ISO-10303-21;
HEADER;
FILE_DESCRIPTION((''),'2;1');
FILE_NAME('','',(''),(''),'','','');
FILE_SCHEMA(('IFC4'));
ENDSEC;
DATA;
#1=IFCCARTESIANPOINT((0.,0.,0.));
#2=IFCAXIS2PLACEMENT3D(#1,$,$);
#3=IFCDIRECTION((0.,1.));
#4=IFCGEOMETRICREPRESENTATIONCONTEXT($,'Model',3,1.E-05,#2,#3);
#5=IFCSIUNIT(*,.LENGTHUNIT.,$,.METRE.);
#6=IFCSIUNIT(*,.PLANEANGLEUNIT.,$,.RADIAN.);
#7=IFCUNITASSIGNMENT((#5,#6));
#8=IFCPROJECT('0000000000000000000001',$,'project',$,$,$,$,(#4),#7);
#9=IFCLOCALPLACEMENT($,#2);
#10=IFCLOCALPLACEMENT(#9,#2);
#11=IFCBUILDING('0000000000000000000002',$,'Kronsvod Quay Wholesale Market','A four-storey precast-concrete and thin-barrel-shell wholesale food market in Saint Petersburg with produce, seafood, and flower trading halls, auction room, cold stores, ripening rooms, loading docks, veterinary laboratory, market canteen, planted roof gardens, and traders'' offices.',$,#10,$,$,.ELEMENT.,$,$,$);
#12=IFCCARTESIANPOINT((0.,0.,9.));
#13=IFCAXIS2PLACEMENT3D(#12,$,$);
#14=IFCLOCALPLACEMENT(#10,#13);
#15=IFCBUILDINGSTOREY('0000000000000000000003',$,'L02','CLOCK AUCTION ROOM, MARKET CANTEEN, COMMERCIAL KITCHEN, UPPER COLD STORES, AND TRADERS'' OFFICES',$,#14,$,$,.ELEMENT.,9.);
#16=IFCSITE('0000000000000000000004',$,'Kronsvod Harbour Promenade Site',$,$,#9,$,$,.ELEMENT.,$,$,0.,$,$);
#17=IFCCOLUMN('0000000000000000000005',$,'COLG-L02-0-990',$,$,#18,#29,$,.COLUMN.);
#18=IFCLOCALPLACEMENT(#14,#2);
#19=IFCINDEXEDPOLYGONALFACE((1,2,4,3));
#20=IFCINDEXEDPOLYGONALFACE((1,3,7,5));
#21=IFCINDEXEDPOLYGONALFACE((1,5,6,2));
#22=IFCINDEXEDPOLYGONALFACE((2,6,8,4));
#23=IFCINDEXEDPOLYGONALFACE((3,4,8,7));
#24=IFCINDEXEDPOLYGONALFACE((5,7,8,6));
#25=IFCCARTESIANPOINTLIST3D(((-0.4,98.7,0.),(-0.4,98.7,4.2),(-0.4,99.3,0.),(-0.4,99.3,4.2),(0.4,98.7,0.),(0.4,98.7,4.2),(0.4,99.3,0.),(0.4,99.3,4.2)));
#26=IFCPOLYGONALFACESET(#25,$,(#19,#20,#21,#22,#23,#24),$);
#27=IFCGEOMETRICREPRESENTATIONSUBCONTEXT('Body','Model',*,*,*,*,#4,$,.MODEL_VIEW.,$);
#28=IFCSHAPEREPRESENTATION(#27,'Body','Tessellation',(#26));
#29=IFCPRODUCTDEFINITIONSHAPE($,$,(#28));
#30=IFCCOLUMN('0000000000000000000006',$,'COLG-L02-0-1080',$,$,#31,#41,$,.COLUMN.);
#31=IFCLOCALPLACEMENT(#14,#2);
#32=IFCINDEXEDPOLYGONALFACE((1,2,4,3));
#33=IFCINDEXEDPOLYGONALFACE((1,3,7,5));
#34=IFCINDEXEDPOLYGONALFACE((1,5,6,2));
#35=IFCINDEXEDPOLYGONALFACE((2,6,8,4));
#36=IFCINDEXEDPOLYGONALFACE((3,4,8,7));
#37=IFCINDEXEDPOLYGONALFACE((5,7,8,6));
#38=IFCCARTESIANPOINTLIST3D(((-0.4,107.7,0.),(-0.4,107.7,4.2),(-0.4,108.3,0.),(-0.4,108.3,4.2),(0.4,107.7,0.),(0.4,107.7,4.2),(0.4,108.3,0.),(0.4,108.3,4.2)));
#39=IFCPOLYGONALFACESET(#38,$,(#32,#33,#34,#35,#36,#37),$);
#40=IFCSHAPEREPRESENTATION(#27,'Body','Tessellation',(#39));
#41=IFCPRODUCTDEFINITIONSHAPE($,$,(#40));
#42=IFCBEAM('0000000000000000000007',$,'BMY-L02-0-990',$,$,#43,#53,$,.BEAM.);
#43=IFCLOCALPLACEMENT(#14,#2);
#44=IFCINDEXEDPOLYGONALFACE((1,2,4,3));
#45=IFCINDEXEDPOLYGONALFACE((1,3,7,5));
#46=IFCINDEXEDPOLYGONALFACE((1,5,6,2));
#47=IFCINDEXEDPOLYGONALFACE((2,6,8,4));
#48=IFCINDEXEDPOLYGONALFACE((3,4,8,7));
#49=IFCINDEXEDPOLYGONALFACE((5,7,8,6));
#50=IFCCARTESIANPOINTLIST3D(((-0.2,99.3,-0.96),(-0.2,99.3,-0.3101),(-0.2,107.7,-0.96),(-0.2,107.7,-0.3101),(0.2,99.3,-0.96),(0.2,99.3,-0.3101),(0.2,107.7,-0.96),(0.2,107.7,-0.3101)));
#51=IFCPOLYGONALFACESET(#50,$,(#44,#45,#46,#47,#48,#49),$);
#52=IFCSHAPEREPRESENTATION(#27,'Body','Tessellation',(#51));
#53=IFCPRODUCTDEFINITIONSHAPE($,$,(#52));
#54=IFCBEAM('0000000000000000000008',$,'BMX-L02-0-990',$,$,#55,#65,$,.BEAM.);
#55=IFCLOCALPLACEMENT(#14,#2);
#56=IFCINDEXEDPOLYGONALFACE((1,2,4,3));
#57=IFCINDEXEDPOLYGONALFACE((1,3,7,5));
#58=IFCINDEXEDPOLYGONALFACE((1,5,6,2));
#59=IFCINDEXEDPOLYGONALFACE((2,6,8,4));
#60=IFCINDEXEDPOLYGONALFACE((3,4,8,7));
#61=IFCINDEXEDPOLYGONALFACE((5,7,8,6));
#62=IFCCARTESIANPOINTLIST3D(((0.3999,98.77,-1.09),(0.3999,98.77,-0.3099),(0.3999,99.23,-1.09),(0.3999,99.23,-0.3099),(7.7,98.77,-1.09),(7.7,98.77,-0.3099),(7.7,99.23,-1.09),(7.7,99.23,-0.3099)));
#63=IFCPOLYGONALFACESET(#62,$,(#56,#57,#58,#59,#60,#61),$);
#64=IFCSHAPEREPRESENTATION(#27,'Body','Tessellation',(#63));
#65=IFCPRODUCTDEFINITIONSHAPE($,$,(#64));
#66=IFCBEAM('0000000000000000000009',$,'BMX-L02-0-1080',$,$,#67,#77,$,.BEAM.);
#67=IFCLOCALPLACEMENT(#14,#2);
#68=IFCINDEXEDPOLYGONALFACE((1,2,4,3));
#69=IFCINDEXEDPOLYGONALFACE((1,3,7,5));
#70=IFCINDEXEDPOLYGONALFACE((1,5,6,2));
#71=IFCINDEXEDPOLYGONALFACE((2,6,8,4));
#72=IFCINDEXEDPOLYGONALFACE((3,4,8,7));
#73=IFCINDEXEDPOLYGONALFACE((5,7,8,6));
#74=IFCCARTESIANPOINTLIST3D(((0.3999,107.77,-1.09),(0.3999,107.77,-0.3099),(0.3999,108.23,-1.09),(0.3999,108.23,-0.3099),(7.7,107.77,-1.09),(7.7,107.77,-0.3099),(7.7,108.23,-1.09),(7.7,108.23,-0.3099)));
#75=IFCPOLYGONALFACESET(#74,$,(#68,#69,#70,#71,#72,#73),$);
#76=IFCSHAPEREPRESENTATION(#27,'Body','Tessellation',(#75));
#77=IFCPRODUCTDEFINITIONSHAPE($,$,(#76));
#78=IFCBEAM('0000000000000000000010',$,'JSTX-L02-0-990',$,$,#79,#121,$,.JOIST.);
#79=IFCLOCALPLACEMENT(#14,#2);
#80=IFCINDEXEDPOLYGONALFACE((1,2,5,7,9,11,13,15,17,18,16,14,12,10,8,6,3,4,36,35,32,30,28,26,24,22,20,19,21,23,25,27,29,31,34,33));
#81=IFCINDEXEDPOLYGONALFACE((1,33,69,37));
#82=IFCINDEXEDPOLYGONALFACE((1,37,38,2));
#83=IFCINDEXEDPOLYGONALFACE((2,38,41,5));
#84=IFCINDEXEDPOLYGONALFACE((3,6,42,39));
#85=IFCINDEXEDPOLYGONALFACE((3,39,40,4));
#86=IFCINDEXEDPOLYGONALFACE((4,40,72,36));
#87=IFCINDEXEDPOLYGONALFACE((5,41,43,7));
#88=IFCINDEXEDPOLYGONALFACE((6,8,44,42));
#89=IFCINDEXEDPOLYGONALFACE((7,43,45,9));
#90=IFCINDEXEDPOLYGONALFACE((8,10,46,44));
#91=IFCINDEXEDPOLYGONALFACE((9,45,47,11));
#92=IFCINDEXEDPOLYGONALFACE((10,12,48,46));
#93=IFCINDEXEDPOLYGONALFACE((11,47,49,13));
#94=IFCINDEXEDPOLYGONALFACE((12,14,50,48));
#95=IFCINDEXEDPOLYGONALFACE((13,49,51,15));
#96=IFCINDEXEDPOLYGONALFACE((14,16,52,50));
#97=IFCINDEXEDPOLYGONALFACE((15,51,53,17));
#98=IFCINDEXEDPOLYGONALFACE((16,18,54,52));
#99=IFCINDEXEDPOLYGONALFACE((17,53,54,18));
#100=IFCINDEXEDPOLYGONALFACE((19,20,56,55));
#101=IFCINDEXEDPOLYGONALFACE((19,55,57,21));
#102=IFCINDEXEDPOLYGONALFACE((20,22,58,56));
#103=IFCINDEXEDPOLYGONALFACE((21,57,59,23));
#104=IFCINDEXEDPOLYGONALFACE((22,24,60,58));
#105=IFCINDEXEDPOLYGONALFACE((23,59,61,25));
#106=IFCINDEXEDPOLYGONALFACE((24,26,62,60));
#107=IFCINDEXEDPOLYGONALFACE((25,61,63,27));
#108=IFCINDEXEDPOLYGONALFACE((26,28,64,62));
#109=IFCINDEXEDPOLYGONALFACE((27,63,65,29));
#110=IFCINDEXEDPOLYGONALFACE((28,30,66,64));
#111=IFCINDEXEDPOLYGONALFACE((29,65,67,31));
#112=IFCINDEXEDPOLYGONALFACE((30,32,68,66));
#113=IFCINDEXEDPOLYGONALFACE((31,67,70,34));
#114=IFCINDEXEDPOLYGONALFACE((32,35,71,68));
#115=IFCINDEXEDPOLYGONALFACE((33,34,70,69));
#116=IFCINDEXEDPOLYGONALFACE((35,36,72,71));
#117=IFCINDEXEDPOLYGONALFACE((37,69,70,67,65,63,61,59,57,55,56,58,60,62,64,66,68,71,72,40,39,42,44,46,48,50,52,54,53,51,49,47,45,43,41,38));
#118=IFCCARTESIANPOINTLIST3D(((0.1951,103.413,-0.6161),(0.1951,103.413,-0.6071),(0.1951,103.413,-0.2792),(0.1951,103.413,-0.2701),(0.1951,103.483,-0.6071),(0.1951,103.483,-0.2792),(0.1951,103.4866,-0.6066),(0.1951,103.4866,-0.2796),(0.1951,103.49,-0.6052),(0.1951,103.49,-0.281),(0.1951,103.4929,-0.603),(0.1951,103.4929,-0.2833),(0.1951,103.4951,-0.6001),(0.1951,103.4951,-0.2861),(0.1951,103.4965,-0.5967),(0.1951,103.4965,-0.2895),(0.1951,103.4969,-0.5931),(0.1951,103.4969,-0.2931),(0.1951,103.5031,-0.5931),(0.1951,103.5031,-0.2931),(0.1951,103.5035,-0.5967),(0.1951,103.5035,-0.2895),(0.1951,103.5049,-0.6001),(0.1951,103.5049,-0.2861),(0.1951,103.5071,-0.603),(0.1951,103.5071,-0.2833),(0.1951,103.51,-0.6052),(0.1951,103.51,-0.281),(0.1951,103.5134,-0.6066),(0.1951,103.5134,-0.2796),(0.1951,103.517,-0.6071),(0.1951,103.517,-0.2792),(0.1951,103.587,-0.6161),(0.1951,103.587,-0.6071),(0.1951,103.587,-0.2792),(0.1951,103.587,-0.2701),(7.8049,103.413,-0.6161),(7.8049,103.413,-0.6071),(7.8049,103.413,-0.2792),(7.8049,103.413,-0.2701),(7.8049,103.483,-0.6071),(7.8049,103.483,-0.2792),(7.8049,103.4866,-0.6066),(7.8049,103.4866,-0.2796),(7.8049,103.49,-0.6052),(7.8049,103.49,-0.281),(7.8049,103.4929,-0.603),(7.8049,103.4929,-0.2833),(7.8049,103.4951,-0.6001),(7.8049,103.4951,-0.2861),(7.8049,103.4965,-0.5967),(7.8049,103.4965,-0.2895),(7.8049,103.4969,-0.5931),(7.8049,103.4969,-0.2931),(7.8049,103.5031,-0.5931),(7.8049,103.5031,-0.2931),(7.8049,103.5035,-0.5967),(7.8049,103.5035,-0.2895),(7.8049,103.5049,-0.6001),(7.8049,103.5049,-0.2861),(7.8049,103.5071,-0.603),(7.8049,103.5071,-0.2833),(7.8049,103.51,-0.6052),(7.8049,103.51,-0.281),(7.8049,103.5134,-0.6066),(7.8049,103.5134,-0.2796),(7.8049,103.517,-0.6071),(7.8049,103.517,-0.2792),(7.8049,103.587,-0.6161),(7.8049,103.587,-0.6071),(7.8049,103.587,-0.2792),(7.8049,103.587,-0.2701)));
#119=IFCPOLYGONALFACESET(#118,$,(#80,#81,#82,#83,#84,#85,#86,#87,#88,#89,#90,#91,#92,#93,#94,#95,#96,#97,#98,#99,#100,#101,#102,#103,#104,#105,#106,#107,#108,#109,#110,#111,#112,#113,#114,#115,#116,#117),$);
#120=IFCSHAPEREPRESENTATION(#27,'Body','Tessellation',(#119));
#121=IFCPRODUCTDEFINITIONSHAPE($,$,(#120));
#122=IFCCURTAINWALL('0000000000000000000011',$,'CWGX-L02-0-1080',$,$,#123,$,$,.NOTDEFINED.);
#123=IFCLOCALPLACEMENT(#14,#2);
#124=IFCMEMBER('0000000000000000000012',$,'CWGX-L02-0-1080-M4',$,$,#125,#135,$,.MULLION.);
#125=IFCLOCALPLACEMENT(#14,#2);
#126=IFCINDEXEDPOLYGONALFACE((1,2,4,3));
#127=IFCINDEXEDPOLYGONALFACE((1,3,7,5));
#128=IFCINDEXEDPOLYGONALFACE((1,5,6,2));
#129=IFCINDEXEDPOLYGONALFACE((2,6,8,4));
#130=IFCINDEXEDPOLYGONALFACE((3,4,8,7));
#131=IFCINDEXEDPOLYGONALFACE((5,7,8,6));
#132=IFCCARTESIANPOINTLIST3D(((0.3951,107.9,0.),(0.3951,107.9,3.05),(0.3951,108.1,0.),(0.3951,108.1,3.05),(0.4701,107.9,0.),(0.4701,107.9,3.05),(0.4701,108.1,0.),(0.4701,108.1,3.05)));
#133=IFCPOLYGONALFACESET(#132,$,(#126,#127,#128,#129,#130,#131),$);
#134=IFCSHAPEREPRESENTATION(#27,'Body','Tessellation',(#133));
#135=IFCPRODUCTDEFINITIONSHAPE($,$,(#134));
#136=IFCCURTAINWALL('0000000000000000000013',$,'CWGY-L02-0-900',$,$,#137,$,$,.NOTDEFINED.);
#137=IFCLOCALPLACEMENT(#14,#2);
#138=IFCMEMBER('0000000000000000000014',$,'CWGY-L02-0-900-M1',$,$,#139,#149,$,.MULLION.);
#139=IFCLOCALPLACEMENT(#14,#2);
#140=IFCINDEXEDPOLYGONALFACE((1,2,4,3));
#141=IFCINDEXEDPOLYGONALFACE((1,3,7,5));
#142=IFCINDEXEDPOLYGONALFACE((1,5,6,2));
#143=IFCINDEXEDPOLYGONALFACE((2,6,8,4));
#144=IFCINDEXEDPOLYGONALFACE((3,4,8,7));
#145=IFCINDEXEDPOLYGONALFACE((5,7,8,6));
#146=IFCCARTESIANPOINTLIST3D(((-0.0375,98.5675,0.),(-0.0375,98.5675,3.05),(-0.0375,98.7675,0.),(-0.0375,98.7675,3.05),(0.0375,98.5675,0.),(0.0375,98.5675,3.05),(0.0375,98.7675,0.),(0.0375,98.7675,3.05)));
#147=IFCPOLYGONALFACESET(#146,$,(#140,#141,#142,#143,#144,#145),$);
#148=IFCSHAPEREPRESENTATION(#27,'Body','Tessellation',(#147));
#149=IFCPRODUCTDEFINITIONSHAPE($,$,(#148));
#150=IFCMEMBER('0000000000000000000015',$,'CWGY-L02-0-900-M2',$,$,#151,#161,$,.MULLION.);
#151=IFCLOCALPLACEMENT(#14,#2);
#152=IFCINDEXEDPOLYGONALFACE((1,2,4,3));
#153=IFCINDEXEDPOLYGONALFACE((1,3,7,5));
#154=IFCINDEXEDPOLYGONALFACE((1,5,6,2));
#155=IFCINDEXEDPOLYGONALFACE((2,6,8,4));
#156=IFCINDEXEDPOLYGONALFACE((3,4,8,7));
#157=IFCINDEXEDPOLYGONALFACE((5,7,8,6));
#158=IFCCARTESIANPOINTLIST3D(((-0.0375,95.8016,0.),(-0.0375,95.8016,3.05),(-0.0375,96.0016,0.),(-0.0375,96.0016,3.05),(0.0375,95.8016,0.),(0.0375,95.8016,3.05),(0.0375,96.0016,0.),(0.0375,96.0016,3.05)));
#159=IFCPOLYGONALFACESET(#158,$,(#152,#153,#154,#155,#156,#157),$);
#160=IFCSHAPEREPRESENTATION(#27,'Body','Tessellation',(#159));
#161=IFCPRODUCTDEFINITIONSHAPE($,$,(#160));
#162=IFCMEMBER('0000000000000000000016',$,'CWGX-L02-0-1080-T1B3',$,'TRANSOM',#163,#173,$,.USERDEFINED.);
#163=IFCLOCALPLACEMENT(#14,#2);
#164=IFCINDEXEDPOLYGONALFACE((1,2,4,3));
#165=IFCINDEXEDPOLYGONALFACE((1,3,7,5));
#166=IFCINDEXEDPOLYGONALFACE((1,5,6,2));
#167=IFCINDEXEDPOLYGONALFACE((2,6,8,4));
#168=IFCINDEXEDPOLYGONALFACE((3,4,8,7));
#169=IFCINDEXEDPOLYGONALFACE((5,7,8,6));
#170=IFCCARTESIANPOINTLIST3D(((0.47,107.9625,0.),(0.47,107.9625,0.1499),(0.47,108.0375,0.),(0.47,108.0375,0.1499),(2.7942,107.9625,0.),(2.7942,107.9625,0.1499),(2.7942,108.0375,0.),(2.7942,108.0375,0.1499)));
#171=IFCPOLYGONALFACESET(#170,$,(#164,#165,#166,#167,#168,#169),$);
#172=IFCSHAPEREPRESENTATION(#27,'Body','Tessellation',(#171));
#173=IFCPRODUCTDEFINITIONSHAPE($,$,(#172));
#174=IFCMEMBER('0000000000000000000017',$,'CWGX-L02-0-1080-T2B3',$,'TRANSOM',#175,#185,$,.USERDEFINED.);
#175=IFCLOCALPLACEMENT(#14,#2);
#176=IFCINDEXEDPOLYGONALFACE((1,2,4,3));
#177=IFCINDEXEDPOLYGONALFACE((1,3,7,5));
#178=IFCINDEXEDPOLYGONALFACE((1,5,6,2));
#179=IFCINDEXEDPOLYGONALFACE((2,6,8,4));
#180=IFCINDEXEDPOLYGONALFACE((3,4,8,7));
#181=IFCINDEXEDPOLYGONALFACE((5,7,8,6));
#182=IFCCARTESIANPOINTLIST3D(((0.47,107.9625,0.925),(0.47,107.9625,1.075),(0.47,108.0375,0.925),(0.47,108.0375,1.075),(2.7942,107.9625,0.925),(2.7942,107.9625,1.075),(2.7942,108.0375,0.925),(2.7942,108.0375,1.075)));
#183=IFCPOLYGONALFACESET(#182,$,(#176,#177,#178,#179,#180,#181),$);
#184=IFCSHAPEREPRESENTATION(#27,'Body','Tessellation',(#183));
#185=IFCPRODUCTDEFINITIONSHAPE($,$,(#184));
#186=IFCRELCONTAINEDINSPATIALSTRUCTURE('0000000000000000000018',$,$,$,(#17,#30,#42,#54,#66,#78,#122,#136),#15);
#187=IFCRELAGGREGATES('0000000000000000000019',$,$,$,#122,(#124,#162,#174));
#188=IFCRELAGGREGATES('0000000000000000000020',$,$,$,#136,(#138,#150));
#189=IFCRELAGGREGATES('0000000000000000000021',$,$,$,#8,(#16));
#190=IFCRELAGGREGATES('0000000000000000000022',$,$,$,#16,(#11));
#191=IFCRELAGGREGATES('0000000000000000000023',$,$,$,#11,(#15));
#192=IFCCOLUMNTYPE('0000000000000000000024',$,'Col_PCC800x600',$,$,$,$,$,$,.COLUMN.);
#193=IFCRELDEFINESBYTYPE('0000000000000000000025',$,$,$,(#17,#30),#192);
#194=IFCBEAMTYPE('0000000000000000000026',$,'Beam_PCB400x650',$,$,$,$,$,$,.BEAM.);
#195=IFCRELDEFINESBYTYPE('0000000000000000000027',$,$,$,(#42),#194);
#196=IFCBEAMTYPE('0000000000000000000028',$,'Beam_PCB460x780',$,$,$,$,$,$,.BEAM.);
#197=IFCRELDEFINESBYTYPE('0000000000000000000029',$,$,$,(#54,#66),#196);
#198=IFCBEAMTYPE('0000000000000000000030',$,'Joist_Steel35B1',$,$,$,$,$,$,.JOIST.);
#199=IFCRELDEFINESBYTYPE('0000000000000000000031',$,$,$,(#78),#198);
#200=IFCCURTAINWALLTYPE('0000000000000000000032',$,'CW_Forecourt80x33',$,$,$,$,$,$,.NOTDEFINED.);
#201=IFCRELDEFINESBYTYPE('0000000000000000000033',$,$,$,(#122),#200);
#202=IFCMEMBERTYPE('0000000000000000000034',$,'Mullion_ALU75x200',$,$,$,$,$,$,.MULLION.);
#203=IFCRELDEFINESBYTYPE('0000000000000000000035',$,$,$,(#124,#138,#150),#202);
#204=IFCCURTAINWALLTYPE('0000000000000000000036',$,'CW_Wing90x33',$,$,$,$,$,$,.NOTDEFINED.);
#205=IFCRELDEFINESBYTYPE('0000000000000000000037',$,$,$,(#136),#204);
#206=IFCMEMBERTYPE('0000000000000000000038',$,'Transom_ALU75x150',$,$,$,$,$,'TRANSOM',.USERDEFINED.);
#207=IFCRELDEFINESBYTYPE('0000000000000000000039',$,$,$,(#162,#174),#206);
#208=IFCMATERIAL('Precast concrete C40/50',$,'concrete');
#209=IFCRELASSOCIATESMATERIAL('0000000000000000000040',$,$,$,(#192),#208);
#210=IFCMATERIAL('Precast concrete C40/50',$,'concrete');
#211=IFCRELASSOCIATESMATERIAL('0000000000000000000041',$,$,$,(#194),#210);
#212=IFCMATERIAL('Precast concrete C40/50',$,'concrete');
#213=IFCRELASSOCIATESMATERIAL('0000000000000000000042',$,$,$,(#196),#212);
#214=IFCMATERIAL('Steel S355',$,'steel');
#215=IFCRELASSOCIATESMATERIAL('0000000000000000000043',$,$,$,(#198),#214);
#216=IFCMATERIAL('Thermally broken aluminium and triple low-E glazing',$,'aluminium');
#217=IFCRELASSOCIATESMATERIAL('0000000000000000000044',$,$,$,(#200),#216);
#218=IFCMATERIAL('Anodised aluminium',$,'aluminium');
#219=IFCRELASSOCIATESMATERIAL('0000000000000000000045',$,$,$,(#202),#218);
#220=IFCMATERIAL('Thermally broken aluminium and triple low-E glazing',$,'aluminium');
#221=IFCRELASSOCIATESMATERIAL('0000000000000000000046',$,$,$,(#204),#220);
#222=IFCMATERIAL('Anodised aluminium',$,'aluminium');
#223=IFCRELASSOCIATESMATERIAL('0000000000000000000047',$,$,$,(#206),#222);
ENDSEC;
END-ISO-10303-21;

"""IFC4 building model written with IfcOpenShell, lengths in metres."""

from ifc_helpers import new_model, si_unit, direction, frame, origin, origin_2d, place, context, subcontext, project, spatial, rectangle, i_section, extrude, material, material_profile, profile_set, type_object, element, aggregate, save


model = new_model("IFC4")

# Units and contexts
model_context = context("Model", 3, precision=1e-05, world=origin(), true_north=direction((0.0, 1.0)))
body_context = subcontext(model_context, "Body", "Model", "MODEL_VIEW")
ifc_project = project(units=[si_unit("LENGTHUNIT", "METRE"), si_unit("PLANEANGLEUNIT", "RADIAN")], contexts=[model_context])

# Site, building, storey
site_placement = place(None, origin())
site = spatial("IfcSite", under=ifc_project, at=site_placement, Name="Kronsvod Harbour Promenade Site", CompositionType="ELEMENT", RefElevation=0.0)
building_placement = place(site_placement, origin())
building = spatial("IfcBuilding", under=site, at=building_placement, Name="Kronsvod Quay Wholesale Market", Description="A four-storey precast-concrete and thin-barrel-shell wholesale food market in Saint Petersburg with produce, seafood, and flower trading halls, auction room, cold stores, ripening rooms, loading docks, veterinary laboratory, market canteen, planted roof gardens, and traders' offices.", CompositionType="ELEMENT")
storey_placement = place(building_placement, frame((0.0, 0.0, 9.0)))
storey = spatial("IfcBuildingStorey", under=building, at=storey_placement, Name="L02", Description="CLOCK AUCTION ROOM, MARKET CANTEEN, COMMERCIAL KITCHEN, UPPER COLD STORES, AND TRADERS' OFFICES", CompositionType="ELEMENT", Elevation=9.0)

# Columns
ifc_material_1 = material(Name="Precast concrete C40/50", Category="concrete")
ifc_material_profile_1 = material_profile(ifc_material_1, rectangle(XDim=0.8, YDim=0.6001, at=origin_2d()), Name="PCC800x600")
ifc_profile_set_1 = profile_set([ifc_material_profile_1], Name="Precast concrete C40/50")
column_type = type_object("IfcColumnType", Name="Col_PCC800x600", PredefinedType="COLUMN", material=ifc_profile_set_1)
for number, where, z_axis, x_axis, name in (
    (1, (0.0, 99.0, 0.0), (0.0, 0.0, 1.0), (1.0, 0.0, 0.0), "COLG-L02-0-990"),
    (2, (0.0, 108.0, 0.0), (0.0, 0.0, 1.0), (1.0, 0.0, 0.0), "COLG-L02-0-1080"),
):
    element("IfcColumn", number, at=place(storey_placement, frame(where, z_axis=z_axis, x_axis=x_axis)), inside=storey, type_object=column_type, Name=name, PredefinedType="COLUMN", context=body_context, shape_type="SweptSolid", body=[
        extrude(rectangle(XDim=0.8, YDim=0.6001, at=origin_2d()), origin(), (0.0, 0.0, 1.0), 4.2),
    ])

# Beams
ifc_material_2 = material(Name="Precast concrete C40/50", Category="concrete")
ifc_material_profile_2 = material_profile(ifc_material_2, rectangle(XDim=0.3999, YDim=0.6499, at=origin_2d()), Name="PCB400x650")
ifc_profile_set_2 = profile_set([ifc_material_profile_2], Name="Precast concrete C40/50")
beam_type_1 = type_object("IfcBeamType", Name="Beam_PCB400x650", PredefinedType="BEAM", material=ifc_profile_set_2)
beam_1_placement = place(storey_placement, frame((0.0, 99.3, -0.635), z_axis=(0.0, 1.0, 0.0), x_axis=(-1.0, 0.0, 0.0)))
element("IfcBeam", 3, at=beam_1_placement, inside=storey, type_object=beam_type_1, Name="BMY-L02-0-990", PredefinedType="BEAM", context=body_context, shape_type="SweptSolid", body=[
    extrude(rectangle(XDim=0.3999, YDim=0.6499, at=origin_2d()), origin(), (0.0, 0.0, 1.0), 8.3999),
])
ifc_material_3 = material(Name="Precast concrete C40/50", Category="concrete")
ifc_material_profile_3 = material_profile(ifc_material_3, rectangle(XDim=0.46, YDim=0.78, at=origin_2d()), Name="PB-03")
ifc_profile_set_3 = profile_set([ifc_material_profile_3], Name="Precast concrete C40/50")
beam_type_2 = type_object("IfcBeamType", Name="Beam_PCB460x780", PredefinedType="BEAM", material=ifc_profile_set_3)
for number, where, z_axis, x_axis, name in (
    (4, (0.3999, 99.0, -0.7), (1.0, 0.0, 0.0), (0.0, 1.0, 0.0), "BMX-L02-0-990"),
    (5, (0.3999, 108.0, -0.7), (1.0, 0.0, 0.0), (0.0, 1.0, 0.0), "BMX-L02-0-1080"),
):
    element("IfcBeam", number, at=place(storey_placement, frame(where, z_axis=z_axis, x_axis=x_axis)), inside=storey, type_object=beam_type_2, Name=name, PredefinedType="BEAM", context=body_context, shape_type="SweptSolid", body=[
        extrude(rectangle(XDim=0.46, YDim=0.78, at=origin_2d()), origin(), (0.0, 0.0, 1.0), 7.3),
    ])
ifc_material_4 = material(Name="Steel S355", Category="steel")
ifc_material_profile_4 = material_profile(ifc_material_4, i_section(OverallWidth=0.1741, OverallDepth=0.3459, WebThickness=0.0061, FlangeThickness=0.009, FilletRadius=0.0139, at=origin_2d()), Name="35B1")
ifc_profile_set_4 = profile_set([ifc_material_profile_4], Name="Steel S355")
beam_type_3 = type_object("IfcBeamType", Name="Joist_Steel35B1", PredefinedType="JOIST", material=ifc_profile_set_4)
beam_2_placement = place(storey_placement, frame((0.1951, 103.5, -0.4431), z_axis=(1.0, 0.0, 0.0), x_axis=(0.0, 1.0, 0.0)))
element("IfcBeam", 6, at=beam_2_placement, inside=storey, type_object=beam_type_3, Name="JSTX-L02-0-990", PredefinedType="JOIST", context=body_context, shape_type="SweptSolid", body=[
    extrude(i_section(OverallWidth=0.1741, OverallDepth=0.3459, WebThickness=0.0061, FlangeThickness=0.009, FilletRadius=0.0139, at=origin_2d()), origin(), (0.0, 0.0, 1.0), 7.6099),
])

# Curtain wall, member
ifc_material_5 = material(Name="Thermally broken aluminium and triple low-E glazing", Category="aluminium")
curtain_wall_type_1 = type_object("IfcCurtainWallType", Name="CW_Forecourt80x33", PredefinedType="NOTDEFINED", material=ifc_material_5)
curtain_wall_1_placement = place(storey_placement, origin())
curtain_wall_1 = element("IfcCurtainWall", 7, at=curtain_wall_1_placement, inside=storey, type_object=curtain_wall_type_1, Name="CWGX-L02-0-1080", PredefinedType="NOTDEFINED")
ifc_material_6 = material(Name="Anodised aluminium", Category="aluminium")
ifc_material_profile_5 = material_profile(ifc_material_6, rectangle(XDim=0.075, YDim=0.2, at=origin_2d()), Name="ALUM75x200")
ifc_profile_set_5 = profile_set([ifc_material_profile_5], Name="Anodised aluminium")
member_type_1 = type_object("IfcMemberType", Name="Mullion_ALU75x200", PredefinedType="MULLION", material=ifc_profile_set_5)
member_1_placement = place(storey_placement, frame((0.4326, 108.0, 0.0), z_axis=(0.0, 0.0, 1.0), x_axis=(1.0, 0.0, 0.0)))
member_1 = element("IfcMember", 8, at=member_1_placement, type_object=member_type_1, Name="CWGX-L02-0-1080-M4", PredefinedType="MULLION", context=body_context, shape_type="SweptSolid", body=[
    extrude(rectangle(XDim=0.075, YDim=0.2, at=origin_2d()), origin(), (0.0, 0.0, 1.0), 3.05),
])

# Curtain wall, members
ifc_material_7 = material(Name="Thermally broken aluminium and triple low-E glazing", Category="aluminium")
curtain_wall_type_2 = type_object("IfcCurtainWallType", Name="CW_Wing90x33", PredefinedType="NOTDEFINED", material=ifc_material_7)
curtain_wall_2_placement = place(storey_placement, origin())
curtain_wall_2 = element("IfcCurtainWall", 9, at=curtain_wall_2_placement, inside=storey, type_object=curtain_wall_type_2, Name="CWGY-L02-0-900", PredefinedType="NOTDEFINED")
member_2_placement = place(storey_placement, frame((0.0, 98.6675, 0.0), z_axis=(0.0, 0.0, 1.0), x_axis=(1.0, 0.0, 0.0)))
member_2 = element("IfcMember", 10, at=member_2_placement, type_object=member_type_1, Name="CWGY-L02-0-900-M1", PredefinedType="MULLION", context=body_context, shape_type="SweptSolid", body=[
    extrude(rectangle(XDim=0.075, YDim=0.2, at=origin_2d()), origin(), (0.0, 0.0, 1.0), 3.05),
])
member_3_placement = place(storey_placement, frame((0.0, 95.9016, 0.0), z_axis=(0.0, 0.0, 1.0), x_axis=(1.0, 0.0, 0.0)))
member_3 = element("IfcMember", 11, at=member_3_placement, type_object=member_type_1, Name="CWGY-L02-0-900-M2", PredefinedType="MULLION", context=body_context, shape_type="SweptSolid", body=[
    extrude(rectangle(XDim=0.075, YDim=0.2, at=origin_2d()), origin(), (0.0, 0.0, 1.0), 3.05),
])

# Members
ifc_material_8 = material(Name="Anodised aluminium", Category="aluminium")
ifc_material_profile_6 = material_profile(ifc_material_8, rectangle(XDim=0.075, YDim=0.1499, at=origin_2d()), Name="ALUT75x150")
ifc_profile_set_6 = profile_set([ifc_material_profile_6], Name="Anodised aluminium")
member_type_2 = type_object("IfcMemberType", Name="Transom_ALU75x150", ElementType="TRANSOM", PredefinedType="USERDEFINED", material=ifc_profile_set_6)
member_4_placement = place(storey_placement, frame((2.7942, 108.0, 0.075), z_axis=(-1.0, 0.0, 0.0), x_axis=(0.0, -1.0, 0.0)))
member_4 = element("IfcMember", 12, at=member_4_placement, type_object=member_type_2, Name="CWGX-L02-0-1080-T1B3", ObjectType="TRANSOM", PredefinedType="USERDEFINED", context=body_context, shape_type="SweptSolid", body=[
    extrude(rectangle(XDim=0.075, YDim=0.1499, at=origin_2d()), origin(), (0.0, 0.0, 1.0), 2.3242),
])
member_5_placement = place(storey_placement, frame((2.7942, 108.0, 1.0), z_axis=(-1.0, 0.0, 0.0), x_axis=(0.0, -1.0, 0.0)))
member_5 = element("IfcMember", 13, at=member_5_placement, type_object=member_type_2, Name="CWGX-L02-0-1080-T2B3", ObjectType="TRANSOM", PredefinedType="USERDEFINED", context=body_context, shape_type="SweptSolid", body=[
    extrude(rectangle(XDim=0.075, YDim=0.1499, at=origin_2d()), origin(), (0.0, 0.0, 1.0), 2.3242),
])

aggregate(curtain_wall_1, [member_1, member_4, member_5])
aggregate(curtain_wall_2, [member_2, member_3])

save(model, "model.ifc")
